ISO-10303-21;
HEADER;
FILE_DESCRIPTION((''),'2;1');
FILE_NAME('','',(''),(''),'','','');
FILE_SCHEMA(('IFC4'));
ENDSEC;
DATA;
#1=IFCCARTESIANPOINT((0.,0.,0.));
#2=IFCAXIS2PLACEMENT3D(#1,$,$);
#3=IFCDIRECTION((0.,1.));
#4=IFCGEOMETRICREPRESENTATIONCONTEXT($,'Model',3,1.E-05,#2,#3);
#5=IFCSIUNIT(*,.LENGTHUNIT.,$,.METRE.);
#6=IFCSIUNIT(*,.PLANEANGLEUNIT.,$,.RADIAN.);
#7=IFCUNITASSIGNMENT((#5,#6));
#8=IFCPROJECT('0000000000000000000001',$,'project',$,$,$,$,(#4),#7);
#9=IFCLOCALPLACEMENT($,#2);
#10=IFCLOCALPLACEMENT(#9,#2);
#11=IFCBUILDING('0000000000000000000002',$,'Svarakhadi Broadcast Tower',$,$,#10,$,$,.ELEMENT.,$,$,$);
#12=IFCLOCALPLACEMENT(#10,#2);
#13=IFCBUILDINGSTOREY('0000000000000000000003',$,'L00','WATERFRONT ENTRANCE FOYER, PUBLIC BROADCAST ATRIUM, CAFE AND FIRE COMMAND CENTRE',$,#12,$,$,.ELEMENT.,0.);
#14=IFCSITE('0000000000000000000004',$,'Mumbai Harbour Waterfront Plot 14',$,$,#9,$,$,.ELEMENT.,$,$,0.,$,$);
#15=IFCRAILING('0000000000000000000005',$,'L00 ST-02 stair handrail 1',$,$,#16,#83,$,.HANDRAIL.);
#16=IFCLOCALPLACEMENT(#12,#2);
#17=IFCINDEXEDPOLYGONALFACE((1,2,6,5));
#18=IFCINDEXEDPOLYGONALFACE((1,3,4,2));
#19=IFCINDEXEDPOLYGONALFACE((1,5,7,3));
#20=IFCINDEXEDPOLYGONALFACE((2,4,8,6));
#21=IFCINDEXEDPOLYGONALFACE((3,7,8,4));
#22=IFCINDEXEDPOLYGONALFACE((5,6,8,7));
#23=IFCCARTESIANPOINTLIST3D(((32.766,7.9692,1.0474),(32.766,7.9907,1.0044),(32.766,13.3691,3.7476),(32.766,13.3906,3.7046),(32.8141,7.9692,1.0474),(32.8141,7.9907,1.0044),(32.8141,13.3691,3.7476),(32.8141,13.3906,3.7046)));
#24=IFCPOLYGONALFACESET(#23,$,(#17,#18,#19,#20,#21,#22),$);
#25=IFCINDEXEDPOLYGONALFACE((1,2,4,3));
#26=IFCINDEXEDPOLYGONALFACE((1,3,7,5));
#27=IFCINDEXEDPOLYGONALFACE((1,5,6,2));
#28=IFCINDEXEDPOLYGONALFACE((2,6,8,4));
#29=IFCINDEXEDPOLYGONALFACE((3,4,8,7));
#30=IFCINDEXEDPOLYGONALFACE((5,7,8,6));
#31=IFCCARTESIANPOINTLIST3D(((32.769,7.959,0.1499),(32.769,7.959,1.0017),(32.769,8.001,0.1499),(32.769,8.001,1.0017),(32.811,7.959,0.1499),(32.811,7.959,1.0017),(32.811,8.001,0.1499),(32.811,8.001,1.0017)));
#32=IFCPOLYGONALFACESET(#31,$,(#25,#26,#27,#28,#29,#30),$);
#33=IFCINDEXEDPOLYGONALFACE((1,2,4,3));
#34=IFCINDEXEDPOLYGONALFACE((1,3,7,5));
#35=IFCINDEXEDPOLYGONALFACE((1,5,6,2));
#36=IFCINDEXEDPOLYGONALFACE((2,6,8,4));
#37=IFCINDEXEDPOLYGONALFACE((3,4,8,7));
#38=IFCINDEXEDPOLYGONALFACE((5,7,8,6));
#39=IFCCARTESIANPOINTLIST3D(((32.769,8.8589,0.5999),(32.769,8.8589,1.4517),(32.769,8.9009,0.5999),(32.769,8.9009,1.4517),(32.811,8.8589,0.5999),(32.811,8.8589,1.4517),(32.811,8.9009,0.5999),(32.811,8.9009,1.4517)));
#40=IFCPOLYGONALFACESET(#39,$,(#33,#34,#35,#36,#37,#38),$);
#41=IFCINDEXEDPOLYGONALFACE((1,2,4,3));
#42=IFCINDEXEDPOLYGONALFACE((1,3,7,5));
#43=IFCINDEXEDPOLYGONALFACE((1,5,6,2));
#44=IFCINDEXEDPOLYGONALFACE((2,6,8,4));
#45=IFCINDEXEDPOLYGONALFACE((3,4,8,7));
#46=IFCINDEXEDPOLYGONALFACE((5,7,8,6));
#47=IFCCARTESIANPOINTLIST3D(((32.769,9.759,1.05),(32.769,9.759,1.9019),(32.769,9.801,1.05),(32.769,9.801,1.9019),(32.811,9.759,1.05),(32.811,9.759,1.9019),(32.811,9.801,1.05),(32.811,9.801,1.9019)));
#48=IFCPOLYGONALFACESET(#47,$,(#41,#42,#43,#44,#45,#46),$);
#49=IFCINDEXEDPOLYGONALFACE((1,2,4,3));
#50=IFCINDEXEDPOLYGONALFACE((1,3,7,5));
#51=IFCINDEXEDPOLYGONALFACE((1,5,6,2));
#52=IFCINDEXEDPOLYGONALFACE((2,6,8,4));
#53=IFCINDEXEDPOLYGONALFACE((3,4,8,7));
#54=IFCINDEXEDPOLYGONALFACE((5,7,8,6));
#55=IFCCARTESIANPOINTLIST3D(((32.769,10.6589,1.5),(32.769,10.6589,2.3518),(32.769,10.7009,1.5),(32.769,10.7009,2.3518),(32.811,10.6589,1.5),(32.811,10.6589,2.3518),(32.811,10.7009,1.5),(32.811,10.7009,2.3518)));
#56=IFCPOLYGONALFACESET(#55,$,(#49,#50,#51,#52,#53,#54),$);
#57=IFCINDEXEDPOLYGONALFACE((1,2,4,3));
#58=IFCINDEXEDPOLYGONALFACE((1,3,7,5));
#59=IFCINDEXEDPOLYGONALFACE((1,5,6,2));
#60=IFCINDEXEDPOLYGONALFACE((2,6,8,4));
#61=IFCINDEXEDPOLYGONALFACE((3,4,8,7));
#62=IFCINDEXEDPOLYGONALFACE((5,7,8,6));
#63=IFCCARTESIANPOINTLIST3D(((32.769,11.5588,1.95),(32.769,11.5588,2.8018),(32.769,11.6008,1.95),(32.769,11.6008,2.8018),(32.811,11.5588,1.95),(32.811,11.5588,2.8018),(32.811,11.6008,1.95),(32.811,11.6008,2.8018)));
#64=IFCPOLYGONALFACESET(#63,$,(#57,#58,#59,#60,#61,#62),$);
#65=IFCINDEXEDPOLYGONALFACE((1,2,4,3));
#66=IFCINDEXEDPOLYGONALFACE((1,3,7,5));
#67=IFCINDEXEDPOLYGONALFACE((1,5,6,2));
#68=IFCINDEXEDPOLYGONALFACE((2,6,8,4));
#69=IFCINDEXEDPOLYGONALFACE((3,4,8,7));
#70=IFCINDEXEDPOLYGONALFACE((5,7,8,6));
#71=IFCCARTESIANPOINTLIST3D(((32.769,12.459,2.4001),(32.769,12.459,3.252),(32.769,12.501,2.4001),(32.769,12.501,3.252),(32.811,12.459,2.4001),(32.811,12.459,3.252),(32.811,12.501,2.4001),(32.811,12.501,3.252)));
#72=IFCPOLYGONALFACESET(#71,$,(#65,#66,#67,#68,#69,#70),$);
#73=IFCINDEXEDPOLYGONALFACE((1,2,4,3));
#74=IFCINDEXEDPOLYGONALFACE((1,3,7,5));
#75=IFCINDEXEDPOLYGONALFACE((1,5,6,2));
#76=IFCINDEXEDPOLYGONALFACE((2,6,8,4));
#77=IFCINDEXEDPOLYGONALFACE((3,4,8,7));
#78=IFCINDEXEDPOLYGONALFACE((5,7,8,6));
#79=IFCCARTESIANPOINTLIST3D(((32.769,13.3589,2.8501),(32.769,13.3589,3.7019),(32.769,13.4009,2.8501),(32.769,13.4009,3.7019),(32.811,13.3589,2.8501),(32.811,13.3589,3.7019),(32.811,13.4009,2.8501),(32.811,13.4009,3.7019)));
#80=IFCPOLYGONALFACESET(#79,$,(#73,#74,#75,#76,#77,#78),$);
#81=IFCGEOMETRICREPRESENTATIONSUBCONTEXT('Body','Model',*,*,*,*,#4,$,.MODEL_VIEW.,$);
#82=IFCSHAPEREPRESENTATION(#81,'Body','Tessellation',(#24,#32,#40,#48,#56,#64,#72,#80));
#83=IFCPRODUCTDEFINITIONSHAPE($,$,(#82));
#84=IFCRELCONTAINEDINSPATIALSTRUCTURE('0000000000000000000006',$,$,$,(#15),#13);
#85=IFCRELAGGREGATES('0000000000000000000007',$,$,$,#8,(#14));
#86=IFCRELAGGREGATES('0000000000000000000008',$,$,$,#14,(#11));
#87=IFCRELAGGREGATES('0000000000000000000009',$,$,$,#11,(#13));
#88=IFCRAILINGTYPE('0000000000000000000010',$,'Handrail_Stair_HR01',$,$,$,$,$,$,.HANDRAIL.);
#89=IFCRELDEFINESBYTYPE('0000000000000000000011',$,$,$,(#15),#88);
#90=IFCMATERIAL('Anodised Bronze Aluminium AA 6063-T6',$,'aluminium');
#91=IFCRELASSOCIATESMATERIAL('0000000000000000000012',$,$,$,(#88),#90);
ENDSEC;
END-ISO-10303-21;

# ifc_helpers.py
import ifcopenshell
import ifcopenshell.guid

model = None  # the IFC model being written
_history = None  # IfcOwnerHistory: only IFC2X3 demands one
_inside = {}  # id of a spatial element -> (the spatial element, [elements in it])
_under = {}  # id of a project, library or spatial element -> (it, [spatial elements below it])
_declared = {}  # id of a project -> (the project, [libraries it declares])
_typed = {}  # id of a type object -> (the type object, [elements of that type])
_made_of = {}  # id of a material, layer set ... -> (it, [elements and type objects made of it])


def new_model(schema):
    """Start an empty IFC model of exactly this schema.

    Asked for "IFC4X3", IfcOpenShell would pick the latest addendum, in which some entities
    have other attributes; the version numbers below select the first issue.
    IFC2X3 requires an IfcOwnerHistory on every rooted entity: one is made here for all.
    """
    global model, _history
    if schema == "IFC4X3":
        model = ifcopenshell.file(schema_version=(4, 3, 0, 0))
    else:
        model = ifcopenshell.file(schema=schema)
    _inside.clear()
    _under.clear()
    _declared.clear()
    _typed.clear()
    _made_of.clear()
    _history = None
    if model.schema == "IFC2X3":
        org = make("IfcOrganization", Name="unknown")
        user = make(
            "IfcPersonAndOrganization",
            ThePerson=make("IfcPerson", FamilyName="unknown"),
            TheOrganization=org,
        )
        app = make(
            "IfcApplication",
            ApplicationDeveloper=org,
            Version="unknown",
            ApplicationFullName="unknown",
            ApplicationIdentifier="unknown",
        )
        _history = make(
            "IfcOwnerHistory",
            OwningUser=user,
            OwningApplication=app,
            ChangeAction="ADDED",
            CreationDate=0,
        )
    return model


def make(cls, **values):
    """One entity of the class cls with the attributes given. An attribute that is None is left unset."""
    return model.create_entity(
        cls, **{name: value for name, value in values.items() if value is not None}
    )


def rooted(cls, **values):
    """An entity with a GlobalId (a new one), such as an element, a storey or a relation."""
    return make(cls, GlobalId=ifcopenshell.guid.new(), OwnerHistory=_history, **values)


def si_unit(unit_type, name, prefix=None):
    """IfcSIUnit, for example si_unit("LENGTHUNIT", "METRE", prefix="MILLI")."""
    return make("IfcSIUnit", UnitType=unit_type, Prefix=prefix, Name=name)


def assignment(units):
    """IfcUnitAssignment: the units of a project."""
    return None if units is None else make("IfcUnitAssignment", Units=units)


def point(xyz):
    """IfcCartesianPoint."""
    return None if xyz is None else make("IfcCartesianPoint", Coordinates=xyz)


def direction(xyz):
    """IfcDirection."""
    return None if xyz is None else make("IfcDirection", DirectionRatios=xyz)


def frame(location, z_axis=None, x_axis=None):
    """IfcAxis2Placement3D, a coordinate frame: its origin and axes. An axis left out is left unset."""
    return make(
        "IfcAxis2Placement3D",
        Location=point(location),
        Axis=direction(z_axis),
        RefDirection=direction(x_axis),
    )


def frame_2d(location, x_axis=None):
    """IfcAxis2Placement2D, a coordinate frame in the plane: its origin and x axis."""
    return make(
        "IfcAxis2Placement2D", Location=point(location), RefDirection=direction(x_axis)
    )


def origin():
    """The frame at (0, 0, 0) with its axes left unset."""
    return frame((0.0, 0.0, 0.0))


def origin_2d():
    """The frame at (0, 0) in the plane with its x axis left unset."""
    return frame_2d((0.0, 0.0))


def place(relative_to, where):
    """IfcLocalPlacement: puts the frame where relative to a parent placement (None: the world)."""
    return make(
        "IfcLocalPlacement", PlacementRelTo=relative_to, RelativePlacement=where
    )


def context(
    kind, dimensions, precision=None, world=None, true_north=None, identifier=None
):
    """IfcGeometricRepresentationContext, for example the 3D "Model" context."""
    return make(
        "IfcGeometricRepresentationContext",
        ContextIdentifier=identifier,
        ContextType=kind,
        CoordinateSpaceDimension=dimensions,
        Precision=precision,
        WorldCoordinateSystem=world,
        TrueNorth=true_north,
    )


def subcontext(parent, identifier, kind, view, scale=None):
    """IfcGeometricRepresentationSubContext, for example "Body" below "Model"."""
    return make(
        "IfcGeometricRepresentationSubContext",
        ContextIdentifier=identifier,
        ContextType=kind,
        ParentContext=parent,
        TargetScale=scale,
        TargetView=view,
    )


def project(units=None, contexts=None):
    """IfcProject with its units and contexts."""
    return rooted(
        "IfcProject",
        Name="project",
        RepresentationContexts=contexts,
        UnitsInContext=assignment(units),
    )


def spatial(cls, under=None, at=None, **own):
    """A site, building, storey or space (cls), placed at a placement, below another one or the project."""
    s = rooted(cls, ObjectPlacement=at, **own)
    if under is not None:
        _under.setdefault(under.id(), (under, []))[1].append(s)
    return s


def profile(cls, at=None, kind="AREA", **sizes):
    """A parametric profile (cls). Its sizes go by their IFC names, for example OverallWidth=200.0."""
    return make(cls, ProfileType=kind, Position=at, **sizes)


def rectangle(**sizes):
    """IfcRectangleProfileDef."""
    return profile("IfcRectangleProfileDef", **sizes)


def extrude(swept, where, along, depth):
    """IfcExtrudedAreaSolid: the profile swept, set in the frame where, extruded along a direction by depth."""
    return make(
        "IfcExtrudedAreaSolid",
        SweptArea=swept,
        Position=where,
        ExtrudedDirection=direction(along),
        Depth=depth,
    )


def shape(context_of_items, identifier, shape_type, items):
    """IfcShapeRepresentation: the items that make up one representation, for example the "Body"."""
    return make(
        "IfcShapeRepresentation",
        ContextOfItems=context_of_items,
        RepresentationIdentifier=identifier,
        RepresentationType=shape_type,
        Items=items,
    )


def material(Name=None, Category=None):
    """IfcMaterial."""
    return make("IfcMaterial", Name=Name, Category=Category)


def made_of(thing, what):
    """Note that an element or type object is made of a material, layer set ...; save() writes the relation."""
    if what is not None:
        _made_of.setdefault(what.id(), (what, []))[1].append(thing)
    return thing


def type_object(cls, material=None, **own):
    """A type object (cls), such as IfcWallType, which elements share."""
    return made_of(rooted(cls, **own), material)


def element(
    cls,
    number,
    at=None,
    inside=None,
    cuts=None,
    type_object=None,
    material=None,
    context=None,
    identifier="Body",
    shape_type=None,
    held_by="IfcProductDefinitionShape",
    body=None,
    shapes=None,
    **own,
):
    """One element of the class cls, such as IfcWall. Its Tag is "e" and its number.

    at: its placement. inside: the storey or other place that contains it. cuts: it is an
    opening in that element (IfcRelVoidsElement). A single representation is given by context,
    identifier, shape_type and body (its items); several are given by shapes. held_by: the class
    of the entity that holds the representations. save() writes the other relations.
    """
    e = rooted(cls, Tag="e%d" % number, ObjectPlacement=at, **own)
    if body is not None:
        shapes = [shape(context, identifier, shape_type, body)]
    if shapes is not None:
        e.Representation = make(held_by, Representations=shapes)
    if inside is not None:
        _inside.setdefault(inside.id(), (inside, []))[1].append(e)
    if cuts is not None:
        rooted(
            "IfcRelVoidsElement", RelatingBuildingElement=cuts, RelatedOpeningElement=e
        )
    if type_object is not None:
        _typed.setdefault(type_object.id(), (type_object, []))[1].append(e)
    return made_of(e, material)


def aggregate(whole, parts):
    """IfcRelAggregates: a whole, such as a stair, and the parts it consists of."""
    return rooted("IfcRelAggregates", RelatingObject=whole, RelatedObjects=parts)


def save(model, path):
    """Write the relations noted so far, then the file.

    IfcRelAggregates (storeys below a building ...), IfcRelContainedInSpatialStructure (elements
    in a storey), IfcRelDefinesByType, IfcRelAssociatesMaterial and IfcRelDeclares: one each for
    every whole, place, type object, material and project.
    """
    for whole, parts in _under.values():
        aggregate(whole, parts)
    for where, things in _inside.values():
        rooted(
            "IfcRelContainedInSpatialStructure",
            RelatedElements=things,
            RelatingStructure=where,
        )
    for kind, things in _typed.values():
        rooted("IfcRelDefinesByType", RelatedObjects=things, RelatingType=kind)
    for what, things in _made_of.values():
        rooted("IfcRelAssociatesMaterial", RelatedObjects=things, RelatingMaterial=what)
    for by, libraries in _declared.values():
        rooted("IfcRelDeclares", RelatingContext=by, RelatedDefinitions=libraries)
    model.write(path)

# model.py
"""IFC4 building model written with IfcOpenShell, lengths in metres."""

from ifc_helpers import new_model, si_unit, direction, frame, origin, origin_2d, place, context, subcontext, project, spatial, rectangle, extrude, material, type_object, element, save


model = new_model("IFC4")

# Units and contexts
model_context = context("Model", 3, precision=1e-05, world=origin(), true_north=direction((0.0, 1.0)))
body_context = subcontext(model_context, "Body", "Model", "MODEL_VIEW")
ifc_project = project(units=[si_unit("LENGTHUNIT", "METRE"), si_unit("PLANEANGLEUNIT", "RADIAN")], contexts=[model_context])

# Site, building, storey
site_placement = place(None, origin())
site = spatial("IfcSite", under=ifc_project, at=site_placement, Name="Mumbai Harbour Waterfront Plot 14", CompositionType="ELEMENT", RefElevation=0.0)
building_placement = place(site_placement, origin())
building = spatial("IfcBuilding", under=site, at=building_placement, Name="Svarakhadi Broadcast Tower", CompositionType="ELEMENT")
storey_placement = place(building_placement, origin())
storey = spatial("IfcBuildingStorey", under=building, at=storey_placement, Name="L00", Description="WATERFRONT ENTRANCE FOYER, PUBLIC BROADCAST ATRIUM, CAFE AND FIRE COMMAND CENTRE", CompositionType="ELEMENT", Elevation=0.0)

# Railing
ifc_material_1 = material(Name="Anodised Bronze Aluminium AA 6063-T6", Category="aluminium")
railing_type_1 = type_object("IfcRailingType", Name="Handrail_Stair_HR01", PredefinedType="HANDRAIL", material=ifc_material_1)
railing_1_placement = place(storey_placement, frame((32.79, 7.98, 0.1499)))
element("IfcRailing", 1, at=railing_1_placement, inside=storey, type_object=railing_type_1, Name="L00 ST-02 stair handrail 1", PredefinedType="HANDRAIL", context=body_context, shape_type="SweptSolid", body=[
    extrude(rectangle(XDim=0.0481, YDim=0.0481, at=origin_2d()), frame((0.0, 0.0, 0.876), z_axis=(0.0, 0.894411, 0.447246), x_axis=(-1.0, 0.0, 0.0)), (0.0, 0.0, 1.0), 6.0374),
    extrude(rectangle(XDim=0.042, YDim=0.042, at=origin_2d()), origin(), (0.0, 0.0, 1.0), 0.8518),
    extrude(rectangle(XDim=0.042, YDim=0.042, at=origin_2d()), frame((0.0, 0.8999, 0.45)), (0.0, 0.0, 1.0), 0.8518),
    extrude(rectangle(XDim=0.042, YDim=0.042, at=origin_2d()), frame((0.0, 1.8, 0.9001)), (0.0, 0.0, 1.0), 0.8518),
    extrude(rectangle(XDim=0.042, YDim=0.042, at=origin_2d()), frame((0.0, 2.7, 1.3501)), (0.0, 0.0, 1.0), 0.8518),
    extrude(rectangle(XDim=0.042, YDim=0.042, at=origin_2d()), frame((0.0, 3.5999, 1.8)), (0.0, 0.0, 1.0), 0.8518),
    extrude(rectangle(XDim=0.042, YDim=0.042, at=origin_2d()), frame((0.0, 4.5, 2.2502)), (0.0, 0.0, 1.0), 0.8518),
    extrude(rectangle(XDim=0.042, YDim=0.042, at=origin_2d()), frame((0.0, 5.3999, 2.7002)), (0.0, 0.0, 1.0), 0.8518),
])

save(model, "model.ifc")
